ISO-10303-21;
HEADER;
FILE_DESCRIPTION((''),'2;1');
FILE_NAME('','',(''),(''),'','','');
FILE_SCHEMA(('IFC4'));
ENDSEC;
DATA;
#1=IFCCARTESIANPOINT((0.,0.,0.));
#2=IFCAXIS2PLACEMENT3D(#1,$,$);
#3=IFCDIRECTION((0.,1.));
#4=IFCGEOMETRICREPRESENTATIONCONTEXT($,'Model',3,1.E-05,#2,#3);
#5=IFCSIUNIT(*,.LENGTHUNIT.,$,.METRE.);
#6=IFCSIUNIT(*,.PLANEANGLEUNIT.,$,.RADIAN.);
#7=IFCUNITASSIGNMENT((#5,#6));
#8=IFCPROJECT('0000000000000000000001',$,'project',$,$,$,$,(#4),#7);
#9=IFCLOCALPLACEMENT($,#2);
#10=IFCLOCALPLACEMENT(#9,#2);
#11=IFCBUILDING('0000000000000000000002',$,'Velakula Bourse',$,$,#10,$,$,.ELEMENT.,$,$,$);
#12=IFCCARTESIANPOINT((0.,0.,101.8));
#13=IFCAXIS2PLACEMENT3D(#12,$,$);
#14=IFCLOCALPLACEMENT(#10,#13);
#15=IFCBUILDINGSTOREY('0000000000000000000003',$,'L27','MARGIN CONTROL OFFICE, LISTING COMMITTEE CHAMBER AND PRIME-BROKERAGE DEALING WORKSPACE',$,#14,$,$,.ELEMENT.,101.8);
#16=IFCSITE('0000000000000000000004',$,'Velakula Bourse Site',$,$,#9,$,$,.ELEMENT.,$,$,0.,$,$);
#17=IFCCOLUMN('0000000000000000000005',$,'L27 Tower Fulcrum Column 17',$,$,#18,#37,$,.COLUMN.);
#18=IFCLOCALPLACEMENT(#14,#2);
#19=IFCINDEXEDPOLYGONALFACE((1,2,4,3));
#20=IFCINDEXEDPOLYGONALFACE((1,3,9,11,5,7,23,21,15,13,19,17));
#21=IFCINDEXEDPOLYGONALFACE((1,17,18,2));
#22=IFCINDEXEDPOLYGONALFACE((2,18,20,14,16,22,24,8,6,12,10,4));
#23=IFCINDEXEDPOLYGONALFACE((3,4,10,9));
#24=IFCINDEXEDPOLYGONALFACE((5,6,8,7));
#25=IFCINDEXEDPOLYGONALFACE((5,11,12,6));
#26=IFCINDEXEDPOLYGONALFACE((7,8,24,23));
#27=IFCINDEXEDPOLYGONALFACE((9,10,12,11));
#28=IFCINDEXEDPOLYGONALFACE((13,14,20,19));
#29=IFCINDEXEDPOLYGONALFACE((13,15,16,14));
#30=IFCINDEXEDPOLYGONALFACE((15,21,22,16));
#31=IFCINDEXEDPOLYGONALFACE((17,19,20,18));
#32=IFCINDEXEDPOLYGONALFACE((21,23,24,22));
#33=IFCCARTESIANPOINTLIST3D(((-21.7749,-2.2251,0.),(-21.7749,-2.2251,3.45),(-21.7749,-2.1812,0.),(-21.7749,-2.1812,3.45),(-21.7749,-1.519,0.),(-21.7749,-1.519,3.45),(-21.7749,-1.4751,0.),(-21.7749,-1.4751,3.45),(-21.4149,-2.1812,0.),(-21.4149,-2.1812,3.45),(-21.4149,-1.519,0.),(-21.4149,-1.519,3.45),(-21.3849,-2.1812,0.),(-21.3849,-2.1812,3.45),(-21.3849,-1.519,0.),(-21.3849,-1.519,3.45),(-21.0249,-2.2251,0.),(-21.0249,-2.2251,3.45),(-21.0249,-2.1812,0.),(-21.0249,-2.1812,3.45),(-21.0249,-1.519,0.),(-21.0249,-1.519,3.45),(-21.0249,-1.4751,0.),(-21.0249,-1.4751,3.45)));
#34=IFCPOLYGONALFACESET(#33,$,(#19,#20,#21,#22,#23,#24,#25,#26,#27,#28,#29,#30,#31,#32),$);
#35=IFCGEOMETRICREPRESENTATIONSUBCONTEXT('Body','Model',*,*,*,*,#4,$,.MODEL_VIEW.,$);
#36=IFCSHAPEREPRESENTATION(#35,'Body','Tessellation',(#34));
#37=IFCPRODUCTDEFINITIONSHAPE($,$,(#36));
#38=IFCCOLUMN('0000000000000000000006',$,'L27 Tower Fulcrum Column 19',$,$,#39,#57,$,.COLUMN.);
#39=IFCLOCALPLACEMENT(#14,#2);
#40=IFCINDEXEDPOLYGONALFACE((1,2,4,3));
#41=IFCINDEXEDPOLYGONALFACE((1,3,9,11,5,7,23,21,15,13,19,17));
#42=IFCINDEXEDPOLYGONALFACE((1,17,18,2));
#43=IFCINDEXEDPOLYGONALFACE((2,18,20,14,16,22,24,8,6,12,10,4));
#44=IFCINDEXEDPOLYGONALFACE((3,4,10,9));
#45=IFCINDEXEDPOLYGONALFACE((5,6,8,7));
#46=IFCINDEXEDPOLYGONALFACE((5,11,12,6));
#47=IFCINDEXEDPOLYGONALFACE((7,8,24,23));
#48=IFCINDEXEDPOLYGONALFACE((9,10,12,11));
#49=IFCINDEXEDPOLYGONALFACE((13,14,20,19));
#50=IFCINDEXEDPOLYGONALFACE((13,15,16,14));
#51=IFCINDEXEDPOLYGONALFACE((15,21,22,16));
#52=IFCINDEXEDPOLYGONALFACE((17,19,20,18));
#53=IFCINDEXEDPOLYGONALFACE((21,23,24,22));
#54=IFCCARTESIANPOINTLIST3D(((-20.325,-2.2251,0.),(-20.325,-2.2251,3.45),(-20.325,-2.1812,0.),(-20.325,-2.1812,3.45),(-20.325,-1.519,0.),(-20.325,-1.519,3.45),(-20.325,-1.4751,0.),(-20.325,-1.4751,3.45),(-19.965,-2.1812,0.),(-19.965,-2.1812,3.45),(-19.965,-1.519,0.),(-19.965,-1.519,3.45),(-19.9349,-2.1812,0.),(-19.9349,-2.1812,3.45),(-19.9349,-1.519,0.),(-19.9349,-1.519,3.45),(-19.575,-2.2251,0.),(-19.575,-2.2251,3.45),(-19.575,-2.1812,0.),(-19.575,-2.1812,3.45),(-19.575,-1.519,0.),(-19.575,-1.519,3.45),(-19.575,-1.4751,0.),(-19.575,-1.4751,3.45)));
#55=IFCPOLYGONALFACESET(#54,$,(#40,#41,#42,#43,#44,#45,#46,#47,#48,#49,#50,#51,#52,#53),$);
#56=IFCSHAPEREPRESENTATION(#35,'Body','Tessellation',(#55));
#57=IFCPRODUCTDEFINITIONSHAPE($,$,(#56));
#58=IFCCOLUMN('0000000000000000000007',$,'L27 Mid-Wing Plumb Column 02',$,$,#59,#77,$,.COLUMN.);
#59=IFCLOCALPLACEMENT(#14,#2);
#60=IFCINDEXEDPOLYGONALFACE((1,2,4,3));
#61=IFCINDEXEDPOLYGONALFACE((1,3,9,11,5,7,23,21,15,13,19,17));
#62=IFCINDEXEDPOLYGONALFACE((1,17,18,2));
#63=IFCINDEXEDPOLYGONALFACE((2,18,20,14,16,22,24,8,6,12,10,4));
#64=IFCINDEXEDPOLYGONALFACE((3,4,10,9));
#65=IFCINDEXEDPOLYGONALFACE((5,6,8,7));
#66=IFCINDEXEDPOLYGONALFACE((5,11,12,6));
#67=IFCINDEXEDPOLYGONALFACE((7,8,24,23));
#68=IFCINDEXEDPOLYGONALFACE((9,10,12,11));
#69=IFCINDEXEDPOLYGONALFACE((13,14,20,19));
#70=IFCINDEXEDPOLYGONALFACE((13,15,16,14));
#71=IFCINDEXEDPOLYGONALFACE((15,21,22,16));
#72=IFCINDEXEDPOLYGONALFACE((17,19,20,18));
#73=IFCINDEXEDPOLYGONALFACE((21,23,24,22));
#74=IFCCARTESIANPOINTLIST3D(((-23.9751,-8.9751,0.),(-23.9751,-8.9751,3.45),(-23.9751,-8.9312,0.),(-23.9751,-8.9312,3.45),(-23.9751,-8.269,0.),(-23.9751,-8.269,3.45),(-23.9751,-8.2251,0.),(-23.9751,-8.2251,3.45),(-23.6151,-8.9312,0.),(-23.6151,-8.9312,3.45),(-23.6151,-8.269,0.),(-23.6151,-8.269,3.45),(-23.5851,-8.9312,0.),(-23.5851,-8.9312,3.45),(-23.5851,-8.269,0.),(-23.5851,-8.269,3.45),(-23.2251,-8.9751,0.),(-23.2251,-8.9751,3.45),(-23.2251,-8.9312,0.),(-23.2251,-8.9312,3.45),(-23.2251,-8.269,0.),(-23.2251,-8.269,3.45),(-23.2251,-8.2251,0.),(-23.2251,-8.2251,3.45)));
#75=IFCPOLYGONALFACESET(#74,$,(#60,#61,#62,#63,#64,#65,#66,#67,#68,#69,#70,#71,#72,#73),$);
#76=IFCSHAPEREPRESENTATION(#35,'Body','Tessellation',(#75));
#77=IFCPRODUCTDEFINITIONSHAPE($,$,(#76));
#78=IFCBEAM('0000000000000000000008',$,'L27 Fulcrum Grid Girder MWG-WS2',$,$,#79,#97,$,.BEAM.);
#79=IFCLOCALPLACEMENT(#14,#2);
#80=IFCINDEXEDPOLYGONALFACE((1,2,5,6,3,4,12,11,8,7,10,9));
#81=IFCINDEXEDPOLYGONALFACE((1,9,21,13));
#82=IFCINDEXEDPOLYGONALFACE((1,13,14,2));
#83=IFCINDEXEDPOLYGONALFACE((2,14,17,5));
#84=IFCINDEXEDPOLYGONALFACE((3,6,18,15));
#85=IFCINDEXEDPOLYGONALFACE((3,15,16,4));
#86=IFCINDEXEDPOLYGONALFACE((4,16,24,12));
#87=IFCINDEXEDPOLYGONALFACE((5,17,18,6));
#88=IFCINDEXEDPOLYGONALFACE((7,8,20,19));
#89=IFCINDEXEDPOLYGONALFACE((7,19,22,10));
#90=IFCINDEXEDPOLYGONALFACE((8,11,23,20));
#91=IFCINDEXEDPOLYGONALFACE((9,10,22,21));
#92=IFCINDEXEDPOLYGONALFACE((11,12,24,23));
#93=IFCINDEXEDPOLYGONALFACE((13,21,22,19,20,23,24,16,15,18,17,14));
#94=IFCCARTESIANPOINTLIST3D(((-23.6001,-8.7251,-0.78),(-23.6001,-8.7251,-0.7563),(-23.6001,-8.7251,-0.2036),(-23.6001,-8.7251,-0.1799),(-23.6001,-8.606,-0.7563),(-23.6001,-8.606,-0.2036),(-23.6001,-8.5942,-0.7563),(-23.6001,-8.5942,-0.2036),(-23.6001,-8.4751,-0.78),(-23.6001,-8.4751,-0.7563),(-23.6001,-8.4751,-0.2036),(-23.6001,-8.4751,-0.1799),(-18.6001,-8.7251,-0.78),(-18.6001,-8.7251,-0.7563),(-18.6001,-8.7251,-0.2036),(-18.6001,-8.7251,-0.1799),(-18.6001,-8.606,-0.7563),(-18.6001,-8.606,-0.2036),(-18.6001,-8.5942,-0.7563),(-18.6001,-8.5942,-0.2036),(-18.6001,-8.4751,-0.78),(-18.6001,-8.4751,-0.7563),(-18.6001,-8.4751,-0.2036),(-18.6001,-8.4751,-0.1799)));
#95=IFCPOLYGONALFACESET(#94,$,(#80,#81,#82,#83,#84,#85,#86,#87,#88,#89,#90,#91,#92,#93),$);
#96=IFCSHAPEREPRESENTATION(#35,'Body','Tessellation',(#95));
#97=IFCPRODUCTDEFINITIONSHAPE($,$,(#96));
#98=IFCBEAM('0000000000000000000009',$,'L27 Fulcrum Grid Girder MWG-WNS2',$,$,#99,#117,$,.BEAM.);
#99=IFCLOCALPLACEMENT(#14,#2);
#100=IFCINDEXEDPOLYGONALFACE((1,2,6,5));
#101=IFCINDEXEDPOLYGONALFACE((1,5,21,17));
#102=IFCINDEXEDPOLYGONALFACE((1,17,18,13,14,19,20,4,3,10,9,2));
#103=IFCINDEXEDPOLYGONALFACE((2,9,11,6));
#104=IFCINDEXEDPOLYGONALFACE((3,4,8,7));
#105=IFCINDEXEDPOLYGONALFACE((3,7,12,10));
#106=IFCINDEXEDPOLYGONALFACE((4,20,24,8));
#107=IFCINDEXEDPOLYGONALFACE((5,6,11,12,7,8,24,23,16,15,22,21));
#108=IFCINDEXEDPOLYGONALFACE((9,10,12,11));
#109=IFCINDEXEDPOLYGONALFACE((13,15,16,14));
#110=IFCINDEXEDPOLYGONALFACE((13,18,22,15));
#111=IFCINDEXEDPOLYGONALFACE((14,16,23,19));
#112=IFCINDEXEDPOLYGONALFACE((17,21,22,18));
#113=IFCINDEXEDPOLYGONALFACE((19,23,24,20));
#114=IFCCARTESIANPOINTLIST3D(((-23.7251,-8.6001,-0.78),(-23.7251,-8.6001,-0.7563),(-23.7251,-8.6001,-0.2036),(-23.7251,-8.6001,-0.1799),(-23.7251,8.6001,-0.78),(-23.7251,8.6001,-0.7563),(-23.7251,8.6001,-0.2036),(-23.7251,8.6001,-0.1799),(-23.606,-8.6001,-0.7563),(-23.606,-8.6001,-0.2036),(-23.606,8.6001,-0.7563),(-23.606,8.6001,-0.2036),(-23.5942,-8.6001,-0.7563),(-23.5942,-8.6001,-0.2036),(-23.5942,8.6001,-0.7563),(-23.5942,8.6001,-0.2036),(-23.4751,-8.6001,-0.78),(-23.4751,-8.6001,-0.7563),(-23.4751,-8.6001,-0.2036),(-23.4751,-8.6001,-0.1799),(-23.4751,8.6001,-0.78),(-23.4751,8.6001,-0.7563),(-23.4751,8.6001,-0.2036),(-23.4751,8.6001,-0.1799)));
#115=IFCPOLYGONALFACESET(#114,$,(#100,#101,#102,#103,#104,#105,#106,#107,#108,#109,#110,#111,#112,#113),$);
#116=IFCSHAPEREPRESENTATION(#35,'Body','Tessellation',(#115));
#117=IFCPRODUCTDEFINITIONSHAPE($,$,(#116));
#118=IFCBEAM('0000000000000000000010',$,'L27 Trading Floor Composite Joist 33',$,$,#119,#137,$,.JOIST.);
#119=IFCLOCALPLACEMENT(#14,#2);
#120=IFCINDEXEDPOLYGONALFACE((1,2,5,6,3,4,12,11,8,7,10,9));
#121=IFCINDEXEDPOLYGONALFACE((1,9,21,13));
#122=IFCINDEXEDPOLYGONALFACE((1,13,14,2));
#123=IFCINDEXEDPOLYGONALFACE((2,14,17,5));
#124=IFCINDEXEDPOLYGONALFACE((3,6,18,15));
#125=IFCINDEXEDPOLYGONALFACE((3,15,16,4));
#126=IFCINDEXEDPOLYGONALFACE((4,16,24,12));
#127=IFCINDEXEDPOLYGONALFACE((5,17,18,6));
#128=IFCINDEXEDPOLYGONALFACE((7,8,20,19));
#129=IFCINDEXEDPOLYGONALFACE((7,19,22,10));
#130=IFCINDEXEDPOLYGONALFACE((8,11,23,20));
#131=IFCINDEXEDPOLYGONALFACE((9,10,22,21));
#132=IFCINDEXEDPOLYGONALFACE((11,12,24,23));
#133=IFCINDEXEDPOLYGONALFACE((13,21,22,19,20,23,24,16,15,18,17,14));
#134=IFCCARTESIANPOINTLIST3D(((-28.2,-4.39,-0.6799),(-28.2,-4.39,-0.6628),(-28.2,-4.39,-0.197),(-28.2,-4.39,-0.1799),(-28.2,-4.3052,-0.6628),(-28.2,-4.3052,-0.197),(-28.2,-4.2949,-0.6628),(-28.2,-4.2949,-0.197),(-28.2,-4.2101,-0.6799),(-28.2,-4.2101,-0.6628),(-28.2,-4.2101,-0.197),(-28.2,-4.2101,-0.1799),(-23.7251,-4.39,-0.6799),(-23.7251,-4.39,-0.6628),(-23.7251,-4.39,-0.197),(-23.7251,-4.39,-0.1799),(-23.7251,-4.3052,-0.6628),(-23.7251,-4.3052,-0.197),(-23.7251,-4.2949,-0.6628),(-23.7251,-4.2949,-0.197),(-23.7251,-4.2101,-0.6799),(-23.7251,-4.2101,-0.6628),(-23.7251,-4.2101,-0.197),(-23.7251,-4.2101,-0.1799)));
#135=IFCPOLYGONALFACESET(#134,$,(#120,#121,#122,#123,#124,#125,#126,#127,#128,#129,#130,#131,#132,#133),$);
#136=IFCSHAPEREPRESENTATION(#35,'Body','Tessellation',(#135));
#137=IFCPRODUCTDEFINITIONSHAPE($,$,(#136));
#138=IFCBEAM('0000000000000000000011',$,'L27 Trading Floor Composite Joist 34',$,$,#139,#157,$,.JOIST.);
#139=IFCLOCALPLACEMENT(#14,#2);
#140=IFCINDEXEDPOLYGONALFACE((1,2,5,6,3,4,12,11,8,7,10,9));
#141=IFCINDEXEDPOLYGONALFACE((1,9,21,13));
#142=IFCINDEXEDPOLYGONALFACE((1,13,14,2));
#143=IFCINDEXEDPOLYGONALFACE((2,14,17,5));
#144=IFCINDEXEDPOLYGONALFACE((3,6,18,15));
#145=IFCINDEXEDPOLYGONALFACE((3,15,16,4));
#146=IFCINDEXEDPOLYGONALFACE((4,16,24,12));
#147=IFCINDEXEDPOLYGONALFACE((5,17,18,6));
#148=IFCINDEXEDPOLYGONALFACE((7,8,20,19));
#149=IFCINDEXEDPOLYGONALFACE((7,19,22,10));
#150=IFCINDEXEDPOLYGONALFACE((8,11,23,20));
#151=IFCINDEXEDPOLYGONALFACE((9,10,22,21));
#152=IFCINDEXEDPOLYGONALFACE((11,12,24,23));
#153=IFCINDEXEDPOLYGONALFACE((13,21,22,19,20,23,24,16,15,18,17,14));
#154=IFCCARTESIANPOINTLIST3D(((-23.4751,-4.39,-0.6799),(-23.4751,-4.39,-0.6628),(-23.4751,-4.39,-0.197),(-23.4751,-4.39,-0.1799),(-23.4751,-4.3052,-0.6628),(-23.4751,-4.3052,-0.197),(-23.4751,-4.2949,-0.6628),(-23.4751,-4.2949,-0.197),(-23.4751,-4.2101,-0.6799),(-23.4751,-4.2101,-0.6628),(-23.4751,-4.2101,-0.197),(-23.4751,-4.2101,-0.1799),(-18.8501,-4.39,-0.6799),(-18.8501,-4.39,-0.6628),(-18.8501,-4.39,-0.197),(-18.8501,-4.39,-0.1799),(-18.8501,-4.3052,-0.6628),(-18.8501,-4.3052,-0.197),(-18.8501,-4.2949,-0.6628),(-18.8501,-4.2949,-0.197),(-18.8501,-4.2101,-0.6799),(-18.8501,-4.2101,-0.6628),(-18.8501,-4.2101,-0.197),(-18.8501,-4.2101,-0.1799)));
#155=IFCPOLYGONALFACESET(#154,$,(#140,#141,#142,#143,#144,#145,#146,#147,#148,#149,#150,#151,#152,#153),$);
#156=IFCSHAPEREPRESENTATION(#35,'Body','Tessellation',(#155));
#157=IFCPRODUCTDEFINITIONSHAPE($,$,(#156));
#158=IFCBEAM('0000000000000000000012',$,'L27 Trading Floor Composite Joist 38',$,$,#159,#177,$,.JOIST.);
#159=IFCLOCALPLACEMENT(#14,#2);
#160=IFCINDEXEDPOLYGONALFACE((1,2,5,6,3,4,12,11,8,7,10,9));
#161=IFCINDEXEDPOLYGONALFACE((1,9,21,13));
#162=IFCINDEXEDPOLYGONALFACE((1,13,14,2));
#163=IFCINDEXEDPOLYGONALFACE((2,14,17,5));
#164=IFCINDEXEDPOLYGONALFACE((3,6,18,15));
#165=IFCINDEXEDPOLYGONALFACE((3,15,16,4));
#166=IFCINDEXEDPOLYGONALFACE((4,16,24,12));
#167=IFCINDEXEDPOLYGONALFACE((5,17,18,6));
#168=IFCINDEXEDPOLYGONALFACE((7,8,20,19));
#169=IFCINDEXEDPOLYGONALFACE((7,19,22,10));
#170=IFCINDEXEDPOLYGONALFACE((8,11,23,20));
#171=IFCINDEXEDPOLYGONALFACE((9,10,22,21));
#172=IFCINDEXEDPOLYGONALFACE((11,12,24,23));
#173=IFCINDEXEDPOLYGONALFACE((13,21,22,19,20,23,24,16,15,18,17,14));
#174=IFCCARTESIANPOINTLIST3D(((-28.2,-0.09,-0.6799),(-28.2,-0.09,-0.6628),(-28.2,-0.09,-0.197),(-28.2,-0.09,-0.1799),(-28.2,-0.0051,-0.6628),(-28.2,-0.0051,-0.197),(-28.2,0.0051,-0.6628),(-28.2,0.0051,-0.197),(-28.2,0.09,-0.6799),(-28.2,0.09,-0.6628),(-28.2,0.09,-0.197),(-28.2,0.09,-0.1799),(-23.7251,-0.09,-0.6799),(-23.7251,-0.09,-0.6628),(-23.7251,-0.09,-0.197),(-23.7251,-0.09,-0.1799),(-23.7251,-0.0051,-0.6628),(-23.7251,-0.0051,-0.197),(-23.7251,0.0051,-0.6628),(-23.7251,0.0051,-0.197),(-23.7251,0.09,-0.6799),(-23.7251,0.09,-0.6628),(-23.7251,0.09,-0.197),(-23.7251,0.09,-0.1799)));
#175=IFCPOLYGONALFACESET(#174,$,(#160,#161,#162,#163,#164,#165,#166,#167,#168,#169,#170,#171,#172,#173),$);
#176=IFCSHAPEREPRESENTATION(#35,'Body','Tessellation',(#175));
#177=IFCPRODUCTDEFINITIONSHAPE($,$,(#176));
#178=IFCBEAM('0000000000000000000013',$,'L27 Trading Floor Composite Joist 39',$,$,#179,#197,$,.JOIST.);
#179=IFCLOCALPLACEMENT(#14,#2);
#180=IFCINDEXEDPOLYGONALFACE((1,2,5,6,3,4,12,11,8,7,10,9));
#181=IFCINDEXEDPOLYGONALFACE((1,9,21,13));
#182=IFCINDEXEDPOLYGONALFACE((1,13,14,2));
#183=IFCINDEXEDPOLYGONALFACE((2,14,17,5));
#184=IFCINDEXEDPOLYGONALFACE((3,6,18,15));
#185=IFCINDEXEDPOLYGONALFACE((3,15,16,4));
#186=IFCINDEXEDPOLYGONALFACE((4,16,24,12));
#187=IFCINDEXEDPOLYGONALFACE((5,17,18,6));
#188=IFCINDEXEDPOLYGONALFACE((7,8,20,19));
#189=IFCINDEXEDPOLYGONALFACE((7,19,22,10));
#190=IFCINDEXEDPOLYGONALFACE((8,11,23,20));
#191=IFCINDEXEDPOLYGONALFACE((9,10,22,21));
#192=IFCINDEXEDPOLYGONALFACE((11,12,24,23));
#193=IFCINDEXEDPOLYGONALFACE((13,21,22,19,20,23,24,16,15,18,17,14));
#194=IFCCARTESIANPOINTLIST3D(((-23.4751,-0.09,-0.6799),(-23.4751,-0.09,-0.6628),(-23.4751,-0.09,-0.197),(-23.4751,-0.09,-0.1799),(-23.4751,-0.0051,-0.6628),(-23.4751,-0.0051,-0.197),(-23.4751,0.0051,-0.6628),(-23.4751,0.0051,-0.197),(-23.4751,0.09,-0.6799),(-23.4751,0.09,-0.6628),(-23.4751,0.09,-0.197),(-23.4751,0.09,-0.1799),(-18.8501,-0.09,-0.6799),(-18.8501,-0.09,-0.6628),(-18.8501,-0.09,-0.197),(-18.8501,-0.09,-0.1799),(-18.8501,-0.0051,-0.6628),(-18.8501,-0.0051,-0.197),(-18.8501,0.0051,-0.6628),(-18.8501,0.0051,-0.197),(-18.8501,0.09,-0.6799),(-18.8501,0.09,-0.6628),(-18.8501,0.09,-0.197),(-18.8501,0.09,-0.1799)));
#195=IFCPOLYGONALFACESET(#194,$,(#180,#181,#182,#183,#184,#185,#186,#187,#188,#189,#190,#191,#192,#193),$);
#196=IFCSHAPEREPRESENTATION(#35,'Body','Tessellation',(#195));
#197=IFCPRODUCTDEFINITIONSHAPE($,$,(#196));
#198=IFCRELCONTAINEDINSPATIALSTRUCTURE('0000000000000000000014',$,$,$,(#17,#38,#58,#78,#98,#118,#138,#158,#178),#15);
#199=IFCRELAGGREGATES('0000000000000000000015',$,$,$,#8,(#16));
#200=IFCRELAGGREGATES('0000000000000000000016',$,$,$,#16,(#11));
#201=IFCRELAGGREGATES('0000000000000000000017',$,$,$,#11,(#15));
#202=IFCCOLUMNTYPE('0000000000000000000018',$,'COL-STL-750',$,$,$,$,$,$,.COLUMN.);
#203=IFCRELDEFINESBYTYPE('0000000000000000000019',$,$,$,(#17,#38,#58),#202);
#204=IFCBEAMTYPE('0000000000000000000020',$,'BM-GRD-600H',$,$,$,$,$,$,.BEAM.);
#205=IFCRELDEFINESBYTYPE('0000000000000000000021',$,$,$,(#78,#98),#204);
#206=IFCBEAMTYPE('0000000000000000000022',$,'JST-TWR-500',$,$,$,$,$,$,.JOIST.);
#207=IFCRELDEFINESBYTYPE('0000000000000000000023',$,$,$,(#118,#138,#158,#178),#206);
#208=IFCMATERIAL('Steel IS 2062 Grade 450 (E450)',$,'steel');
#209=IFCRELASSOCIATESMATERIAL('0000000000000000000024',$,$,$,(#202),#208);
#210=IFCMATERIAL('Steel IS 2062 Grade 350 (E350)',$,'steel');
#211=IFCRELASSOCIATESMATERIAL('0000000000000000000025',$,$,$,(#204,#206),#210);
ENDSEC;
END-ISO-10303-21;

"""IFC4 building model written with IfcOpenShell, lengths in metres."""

from ifc_helpers import new_model, si_unit, direction, frame, origin, origin_2d, place, context, subcontext, project, spatial, i_section, extrude, material, material_profile, profile_set, type_object, element, save


model = new_model("IFC4")

# Units and contexts
model_context = context("Model", 3, precision=1e-05, world=origin(), true_north=direction((0.0, 1.0)))
body_context = subcontext(model_context, "Body", "Model", "MODEL_VIEW")
ifc_project = project(units=[si_unit("LENGTHUNIT", "METRE"), si_unit("PLANEANGLEUNIT", "RADIAN")], contexts=[model_context])

# Site, building, storey
site_placement = place(None, origin())
site = spatial("IfcSite", under=ifc_project, at=site_placement, Name="Velakula Bourse Site", CompositionType="ELEMENT", RefElevation=0.0)
building_placement = place(site_placement, origin())
building = spatial("IfcBuilding", under=site, at=building_placement, Name="Velakula Bourse", CompositionType="ELEMENT")
storey_placement = place(building_placement, frame((0.0, 0.0, 101.8)))
storey = spatial("IfcBuildingStorey", under=building, at=storey_placement, Name="L27", Description="MARGIN CONTROL OFFICE, LISTING COMMITTEE CHAMBER AND PRIME-BROKERAGE DEALING WORKSPACE", CompositionType="ELEMENT", Elevation=101.8)

# Columns
ifc_material_1 = material(Name="Steel IS 2062 Grade 450 (E450)", Category="steel")
ifc_material_profile_1 = material_profile(ifc_material_1, i_section(OverallWidth=0.75, OverallDepth=0.75, WebThickness=0.03, FlangeThickness=0.0439, at=origin_2d()), Name="Steel IS 2062 Grade 450 (E450)")
ifc_profile_set_1 = profile_set([ifc_material_profile_1], Name="Steel IS 2062 Grade 450 (E450)")
column_type = type_object("IfcColumnType", Name="COL-STL-750", PredefinedType="COLUMN", material=ifc_profile_set_1)
for number, where, z_axis, x_axis, name in (
    (1, (-21.3999, -1.8501, 0.0), (0.0, 0.0, 1.0), (1.0, 0.0, 0.0), "L27 Tower Fulcrum Column 17"),
    (2, (-19.95, -1.8501, 0.0), (0.0, 0.0, 1.0), (1.0, 0.0, 0.0), "L27 Tower Fulcrum Column 19"),
    (3, (-23.6001, -8.6001, 0.0), (0.0, 0.0, 1.0), (1.0, 0.0, 0.0), "L27 Mid-Wing Plumb Column 02"),
):
    element("IfcColumn", number, at=place(storey_placement, frame(where, z_axis=z_axis, x_axis=x_axis)), inside=storey, type_object=column_type, Name=name, PredefinedType="COLUMN", context=body_context, shape_type="SweptSolid", body=[
        extrude(i_section(OverallWidth=0.75, OverallDepth=0.75, WebThickness=0.03, FlangeThickness=0.0439, at=origin_2d()), origin(), (0.0, 0.0, 1.0), 3.45),
    ])

# Beams
ifc_material_2 = material(Name="Steel IS 2062 Grade 350 (E350)", Category="steel")
ifc_material_profile_2 = material_profile(ifc_material_2, i_section(OverallWidth=0.25, OverallDepth=0.6001, WebThickness=0.0117, FlangeThickness=0.0237, at=origin_2d()), Name="Steel IS 2062 Grade 350 (E350)")
ifc_profile_set_2 = profile_set([ifc_material_profile_2], Name="Steel IS 2062 Grade 350 (E350)")
beam_type_1 = type_object("IfcBeamType", Name="BM-GRD-600H", PredefinedType="BEAM", material=ifc_profile_set_2)
beam_1_placement = place(storey_placement, frame((-23.6001, -8.6001, -0.48), z_axis=(1.0, 0.0, 0.0), x_axis=(0.0, 1.0, 0.0)))
element("IfcBeam", 4, at=beam_1_placement, inside=storey, type_object=beam_type_1, Name="L27 Fulcrum Grid Girder MWG-WS2", PredefinedType="BEAM", context=body_context, shape_type="SweptSolid", body=[
    extrude(i_section(OverallWidth=0.25, OverallDepth=0.6001, WebThickness=0.0117, FlangeThickness=0.0237, at=origin_2d()), origin(), (0.0, 0.0, 1.0), 5.0),
])
beam_2_placement = place(storey_placement, frame((-23.6001, -8.6001, -0.48), z_axis=(0.0, 1.0, 0.0), x_axis=(-1.0, 0.0, 0.0)))
element("IfcBeam", 5, at=beam_2_placement, inside=storey, type_object=beam_type_1, Name="L27 Fulcrum Grid Girder MWG-WNS2", PredefinedType="BEAM", context=body_context, shape_type="SweptSolid", body=[
    extrude(i_section(OverallWidth=0.25, OverallDepth=0.6001, WebThickness=0.0117, FlangeThickness=0.0237, at=origin_2d()), origin(), (0.0, 0.0, 1.0), 17.2002),
])
ifc_material_profile_3 = material_profile(ifc_material_2, i_section(OverallWidth=0.1799, OverallDepth=0.5, WebThickness=0.0103, FlangeThickness=0.0171, at=origin_2d()), Name="Steel IS 2062 Grade 350 (E350)")
ifc_profile_set_3 = profile_set([ifc_material_profile_3], Name="Steel IS 2062 Grade 350 (E350)")
beam_type_2 = type_object("IfcBeamType", Name="JST-TWR-500", PredefinedType="JOIST", material=ifc_profile_set_3)
beam_3_placement = place(storey_placement, frame((-28.2, -4.3, -0.4299), z_axis=(1.0, 0.0, 0.0), x_axis=(0.0, 1.0, 0.0)))
element("IfcBeam", 6, at=beam_3_placement, inside=storey, type_object=beam_type_2, Name="L27 Trading Floor Composite Joist 33", PredefinedType="JOIST", context=body_context, shape_type="SweptSolid", body=[
    extrude(i_section(OverallWidth=0.1799, OverallDepth=0.5, WebThickness=0.0103, FlangeThickness=0.0171, at=origin_2d()), origin(), (0.0, 0.0, 1.0), 4.4749),
])
beam_4_placement = place(storey_placement, frame((-23.4751, -4.3, -0.4299), z_axis=(1.0, 0.0, 0.0), x_axis=(0.0, 1.0, 0.0)))
element("IfcBeam", 7, at=beam_4_placement, inside=storey, type_object=beam_type_2, Name="L27 Trading Floor Composite Joist 34", PredefinedType="JOIST", context=body_context, shape_type="SweptSolid", body=[
    extrude(i_section(OverallWidth=0.1799, OverallDepth=0.5, WebThickness=0.0103, FlangeThickness=0.0171, at=origin_2d()), origin(), (0.0, 0.0, 1.0), 4.625),
])
beam_5_placement = place(storey_placement, frame((-28.2, 0.0, -0.4299), z_axis=(1.0, 0.0, 0.0), x_axis=(0.0, 1.0, 0.0)))
element("IfcBeam", 8, at=beam_5_placement, inside=storey, type_object=beam_type_2, Name="L27 Trading Floor Composite Joist 38", PredefinedType="JOIST", context=body_context, shape_type="SweptSolid", body=[
    extrude(i_section(OverallWidth=0.1799, OverallDepth=0.5, WebThickness=0.0103, FlangeThickness=0.0171, at=origin_2d()), origin(), (0.0, 0.0, 1.0), 4.4749),
])
beam_6_placement = place(storey_placement, frame((-23.4751, 0.0, -0.4299), z_axis=(1.0, 0.0, 0.0), x_axis=(0.0, 1.0, 0.0)))
element("IfcBeam", 9, at=beam_6_placement, inside=storey, type_object=beam_type_2, Name="L27 Trading Floor Composite Joist 39", PredefinedType="JOIST", context=body_context, shape_type="SweptSolid", body=[
    extrude(i_section(OverallWidth=0.1799, OverallDepth=0.5, WebThickness=0.0103, FlangeThickness=0.0171, at=origin_2d()), origin(), (0.0, 0.0, 1.0), 4.625),
])

save(model, "model.ifc")
